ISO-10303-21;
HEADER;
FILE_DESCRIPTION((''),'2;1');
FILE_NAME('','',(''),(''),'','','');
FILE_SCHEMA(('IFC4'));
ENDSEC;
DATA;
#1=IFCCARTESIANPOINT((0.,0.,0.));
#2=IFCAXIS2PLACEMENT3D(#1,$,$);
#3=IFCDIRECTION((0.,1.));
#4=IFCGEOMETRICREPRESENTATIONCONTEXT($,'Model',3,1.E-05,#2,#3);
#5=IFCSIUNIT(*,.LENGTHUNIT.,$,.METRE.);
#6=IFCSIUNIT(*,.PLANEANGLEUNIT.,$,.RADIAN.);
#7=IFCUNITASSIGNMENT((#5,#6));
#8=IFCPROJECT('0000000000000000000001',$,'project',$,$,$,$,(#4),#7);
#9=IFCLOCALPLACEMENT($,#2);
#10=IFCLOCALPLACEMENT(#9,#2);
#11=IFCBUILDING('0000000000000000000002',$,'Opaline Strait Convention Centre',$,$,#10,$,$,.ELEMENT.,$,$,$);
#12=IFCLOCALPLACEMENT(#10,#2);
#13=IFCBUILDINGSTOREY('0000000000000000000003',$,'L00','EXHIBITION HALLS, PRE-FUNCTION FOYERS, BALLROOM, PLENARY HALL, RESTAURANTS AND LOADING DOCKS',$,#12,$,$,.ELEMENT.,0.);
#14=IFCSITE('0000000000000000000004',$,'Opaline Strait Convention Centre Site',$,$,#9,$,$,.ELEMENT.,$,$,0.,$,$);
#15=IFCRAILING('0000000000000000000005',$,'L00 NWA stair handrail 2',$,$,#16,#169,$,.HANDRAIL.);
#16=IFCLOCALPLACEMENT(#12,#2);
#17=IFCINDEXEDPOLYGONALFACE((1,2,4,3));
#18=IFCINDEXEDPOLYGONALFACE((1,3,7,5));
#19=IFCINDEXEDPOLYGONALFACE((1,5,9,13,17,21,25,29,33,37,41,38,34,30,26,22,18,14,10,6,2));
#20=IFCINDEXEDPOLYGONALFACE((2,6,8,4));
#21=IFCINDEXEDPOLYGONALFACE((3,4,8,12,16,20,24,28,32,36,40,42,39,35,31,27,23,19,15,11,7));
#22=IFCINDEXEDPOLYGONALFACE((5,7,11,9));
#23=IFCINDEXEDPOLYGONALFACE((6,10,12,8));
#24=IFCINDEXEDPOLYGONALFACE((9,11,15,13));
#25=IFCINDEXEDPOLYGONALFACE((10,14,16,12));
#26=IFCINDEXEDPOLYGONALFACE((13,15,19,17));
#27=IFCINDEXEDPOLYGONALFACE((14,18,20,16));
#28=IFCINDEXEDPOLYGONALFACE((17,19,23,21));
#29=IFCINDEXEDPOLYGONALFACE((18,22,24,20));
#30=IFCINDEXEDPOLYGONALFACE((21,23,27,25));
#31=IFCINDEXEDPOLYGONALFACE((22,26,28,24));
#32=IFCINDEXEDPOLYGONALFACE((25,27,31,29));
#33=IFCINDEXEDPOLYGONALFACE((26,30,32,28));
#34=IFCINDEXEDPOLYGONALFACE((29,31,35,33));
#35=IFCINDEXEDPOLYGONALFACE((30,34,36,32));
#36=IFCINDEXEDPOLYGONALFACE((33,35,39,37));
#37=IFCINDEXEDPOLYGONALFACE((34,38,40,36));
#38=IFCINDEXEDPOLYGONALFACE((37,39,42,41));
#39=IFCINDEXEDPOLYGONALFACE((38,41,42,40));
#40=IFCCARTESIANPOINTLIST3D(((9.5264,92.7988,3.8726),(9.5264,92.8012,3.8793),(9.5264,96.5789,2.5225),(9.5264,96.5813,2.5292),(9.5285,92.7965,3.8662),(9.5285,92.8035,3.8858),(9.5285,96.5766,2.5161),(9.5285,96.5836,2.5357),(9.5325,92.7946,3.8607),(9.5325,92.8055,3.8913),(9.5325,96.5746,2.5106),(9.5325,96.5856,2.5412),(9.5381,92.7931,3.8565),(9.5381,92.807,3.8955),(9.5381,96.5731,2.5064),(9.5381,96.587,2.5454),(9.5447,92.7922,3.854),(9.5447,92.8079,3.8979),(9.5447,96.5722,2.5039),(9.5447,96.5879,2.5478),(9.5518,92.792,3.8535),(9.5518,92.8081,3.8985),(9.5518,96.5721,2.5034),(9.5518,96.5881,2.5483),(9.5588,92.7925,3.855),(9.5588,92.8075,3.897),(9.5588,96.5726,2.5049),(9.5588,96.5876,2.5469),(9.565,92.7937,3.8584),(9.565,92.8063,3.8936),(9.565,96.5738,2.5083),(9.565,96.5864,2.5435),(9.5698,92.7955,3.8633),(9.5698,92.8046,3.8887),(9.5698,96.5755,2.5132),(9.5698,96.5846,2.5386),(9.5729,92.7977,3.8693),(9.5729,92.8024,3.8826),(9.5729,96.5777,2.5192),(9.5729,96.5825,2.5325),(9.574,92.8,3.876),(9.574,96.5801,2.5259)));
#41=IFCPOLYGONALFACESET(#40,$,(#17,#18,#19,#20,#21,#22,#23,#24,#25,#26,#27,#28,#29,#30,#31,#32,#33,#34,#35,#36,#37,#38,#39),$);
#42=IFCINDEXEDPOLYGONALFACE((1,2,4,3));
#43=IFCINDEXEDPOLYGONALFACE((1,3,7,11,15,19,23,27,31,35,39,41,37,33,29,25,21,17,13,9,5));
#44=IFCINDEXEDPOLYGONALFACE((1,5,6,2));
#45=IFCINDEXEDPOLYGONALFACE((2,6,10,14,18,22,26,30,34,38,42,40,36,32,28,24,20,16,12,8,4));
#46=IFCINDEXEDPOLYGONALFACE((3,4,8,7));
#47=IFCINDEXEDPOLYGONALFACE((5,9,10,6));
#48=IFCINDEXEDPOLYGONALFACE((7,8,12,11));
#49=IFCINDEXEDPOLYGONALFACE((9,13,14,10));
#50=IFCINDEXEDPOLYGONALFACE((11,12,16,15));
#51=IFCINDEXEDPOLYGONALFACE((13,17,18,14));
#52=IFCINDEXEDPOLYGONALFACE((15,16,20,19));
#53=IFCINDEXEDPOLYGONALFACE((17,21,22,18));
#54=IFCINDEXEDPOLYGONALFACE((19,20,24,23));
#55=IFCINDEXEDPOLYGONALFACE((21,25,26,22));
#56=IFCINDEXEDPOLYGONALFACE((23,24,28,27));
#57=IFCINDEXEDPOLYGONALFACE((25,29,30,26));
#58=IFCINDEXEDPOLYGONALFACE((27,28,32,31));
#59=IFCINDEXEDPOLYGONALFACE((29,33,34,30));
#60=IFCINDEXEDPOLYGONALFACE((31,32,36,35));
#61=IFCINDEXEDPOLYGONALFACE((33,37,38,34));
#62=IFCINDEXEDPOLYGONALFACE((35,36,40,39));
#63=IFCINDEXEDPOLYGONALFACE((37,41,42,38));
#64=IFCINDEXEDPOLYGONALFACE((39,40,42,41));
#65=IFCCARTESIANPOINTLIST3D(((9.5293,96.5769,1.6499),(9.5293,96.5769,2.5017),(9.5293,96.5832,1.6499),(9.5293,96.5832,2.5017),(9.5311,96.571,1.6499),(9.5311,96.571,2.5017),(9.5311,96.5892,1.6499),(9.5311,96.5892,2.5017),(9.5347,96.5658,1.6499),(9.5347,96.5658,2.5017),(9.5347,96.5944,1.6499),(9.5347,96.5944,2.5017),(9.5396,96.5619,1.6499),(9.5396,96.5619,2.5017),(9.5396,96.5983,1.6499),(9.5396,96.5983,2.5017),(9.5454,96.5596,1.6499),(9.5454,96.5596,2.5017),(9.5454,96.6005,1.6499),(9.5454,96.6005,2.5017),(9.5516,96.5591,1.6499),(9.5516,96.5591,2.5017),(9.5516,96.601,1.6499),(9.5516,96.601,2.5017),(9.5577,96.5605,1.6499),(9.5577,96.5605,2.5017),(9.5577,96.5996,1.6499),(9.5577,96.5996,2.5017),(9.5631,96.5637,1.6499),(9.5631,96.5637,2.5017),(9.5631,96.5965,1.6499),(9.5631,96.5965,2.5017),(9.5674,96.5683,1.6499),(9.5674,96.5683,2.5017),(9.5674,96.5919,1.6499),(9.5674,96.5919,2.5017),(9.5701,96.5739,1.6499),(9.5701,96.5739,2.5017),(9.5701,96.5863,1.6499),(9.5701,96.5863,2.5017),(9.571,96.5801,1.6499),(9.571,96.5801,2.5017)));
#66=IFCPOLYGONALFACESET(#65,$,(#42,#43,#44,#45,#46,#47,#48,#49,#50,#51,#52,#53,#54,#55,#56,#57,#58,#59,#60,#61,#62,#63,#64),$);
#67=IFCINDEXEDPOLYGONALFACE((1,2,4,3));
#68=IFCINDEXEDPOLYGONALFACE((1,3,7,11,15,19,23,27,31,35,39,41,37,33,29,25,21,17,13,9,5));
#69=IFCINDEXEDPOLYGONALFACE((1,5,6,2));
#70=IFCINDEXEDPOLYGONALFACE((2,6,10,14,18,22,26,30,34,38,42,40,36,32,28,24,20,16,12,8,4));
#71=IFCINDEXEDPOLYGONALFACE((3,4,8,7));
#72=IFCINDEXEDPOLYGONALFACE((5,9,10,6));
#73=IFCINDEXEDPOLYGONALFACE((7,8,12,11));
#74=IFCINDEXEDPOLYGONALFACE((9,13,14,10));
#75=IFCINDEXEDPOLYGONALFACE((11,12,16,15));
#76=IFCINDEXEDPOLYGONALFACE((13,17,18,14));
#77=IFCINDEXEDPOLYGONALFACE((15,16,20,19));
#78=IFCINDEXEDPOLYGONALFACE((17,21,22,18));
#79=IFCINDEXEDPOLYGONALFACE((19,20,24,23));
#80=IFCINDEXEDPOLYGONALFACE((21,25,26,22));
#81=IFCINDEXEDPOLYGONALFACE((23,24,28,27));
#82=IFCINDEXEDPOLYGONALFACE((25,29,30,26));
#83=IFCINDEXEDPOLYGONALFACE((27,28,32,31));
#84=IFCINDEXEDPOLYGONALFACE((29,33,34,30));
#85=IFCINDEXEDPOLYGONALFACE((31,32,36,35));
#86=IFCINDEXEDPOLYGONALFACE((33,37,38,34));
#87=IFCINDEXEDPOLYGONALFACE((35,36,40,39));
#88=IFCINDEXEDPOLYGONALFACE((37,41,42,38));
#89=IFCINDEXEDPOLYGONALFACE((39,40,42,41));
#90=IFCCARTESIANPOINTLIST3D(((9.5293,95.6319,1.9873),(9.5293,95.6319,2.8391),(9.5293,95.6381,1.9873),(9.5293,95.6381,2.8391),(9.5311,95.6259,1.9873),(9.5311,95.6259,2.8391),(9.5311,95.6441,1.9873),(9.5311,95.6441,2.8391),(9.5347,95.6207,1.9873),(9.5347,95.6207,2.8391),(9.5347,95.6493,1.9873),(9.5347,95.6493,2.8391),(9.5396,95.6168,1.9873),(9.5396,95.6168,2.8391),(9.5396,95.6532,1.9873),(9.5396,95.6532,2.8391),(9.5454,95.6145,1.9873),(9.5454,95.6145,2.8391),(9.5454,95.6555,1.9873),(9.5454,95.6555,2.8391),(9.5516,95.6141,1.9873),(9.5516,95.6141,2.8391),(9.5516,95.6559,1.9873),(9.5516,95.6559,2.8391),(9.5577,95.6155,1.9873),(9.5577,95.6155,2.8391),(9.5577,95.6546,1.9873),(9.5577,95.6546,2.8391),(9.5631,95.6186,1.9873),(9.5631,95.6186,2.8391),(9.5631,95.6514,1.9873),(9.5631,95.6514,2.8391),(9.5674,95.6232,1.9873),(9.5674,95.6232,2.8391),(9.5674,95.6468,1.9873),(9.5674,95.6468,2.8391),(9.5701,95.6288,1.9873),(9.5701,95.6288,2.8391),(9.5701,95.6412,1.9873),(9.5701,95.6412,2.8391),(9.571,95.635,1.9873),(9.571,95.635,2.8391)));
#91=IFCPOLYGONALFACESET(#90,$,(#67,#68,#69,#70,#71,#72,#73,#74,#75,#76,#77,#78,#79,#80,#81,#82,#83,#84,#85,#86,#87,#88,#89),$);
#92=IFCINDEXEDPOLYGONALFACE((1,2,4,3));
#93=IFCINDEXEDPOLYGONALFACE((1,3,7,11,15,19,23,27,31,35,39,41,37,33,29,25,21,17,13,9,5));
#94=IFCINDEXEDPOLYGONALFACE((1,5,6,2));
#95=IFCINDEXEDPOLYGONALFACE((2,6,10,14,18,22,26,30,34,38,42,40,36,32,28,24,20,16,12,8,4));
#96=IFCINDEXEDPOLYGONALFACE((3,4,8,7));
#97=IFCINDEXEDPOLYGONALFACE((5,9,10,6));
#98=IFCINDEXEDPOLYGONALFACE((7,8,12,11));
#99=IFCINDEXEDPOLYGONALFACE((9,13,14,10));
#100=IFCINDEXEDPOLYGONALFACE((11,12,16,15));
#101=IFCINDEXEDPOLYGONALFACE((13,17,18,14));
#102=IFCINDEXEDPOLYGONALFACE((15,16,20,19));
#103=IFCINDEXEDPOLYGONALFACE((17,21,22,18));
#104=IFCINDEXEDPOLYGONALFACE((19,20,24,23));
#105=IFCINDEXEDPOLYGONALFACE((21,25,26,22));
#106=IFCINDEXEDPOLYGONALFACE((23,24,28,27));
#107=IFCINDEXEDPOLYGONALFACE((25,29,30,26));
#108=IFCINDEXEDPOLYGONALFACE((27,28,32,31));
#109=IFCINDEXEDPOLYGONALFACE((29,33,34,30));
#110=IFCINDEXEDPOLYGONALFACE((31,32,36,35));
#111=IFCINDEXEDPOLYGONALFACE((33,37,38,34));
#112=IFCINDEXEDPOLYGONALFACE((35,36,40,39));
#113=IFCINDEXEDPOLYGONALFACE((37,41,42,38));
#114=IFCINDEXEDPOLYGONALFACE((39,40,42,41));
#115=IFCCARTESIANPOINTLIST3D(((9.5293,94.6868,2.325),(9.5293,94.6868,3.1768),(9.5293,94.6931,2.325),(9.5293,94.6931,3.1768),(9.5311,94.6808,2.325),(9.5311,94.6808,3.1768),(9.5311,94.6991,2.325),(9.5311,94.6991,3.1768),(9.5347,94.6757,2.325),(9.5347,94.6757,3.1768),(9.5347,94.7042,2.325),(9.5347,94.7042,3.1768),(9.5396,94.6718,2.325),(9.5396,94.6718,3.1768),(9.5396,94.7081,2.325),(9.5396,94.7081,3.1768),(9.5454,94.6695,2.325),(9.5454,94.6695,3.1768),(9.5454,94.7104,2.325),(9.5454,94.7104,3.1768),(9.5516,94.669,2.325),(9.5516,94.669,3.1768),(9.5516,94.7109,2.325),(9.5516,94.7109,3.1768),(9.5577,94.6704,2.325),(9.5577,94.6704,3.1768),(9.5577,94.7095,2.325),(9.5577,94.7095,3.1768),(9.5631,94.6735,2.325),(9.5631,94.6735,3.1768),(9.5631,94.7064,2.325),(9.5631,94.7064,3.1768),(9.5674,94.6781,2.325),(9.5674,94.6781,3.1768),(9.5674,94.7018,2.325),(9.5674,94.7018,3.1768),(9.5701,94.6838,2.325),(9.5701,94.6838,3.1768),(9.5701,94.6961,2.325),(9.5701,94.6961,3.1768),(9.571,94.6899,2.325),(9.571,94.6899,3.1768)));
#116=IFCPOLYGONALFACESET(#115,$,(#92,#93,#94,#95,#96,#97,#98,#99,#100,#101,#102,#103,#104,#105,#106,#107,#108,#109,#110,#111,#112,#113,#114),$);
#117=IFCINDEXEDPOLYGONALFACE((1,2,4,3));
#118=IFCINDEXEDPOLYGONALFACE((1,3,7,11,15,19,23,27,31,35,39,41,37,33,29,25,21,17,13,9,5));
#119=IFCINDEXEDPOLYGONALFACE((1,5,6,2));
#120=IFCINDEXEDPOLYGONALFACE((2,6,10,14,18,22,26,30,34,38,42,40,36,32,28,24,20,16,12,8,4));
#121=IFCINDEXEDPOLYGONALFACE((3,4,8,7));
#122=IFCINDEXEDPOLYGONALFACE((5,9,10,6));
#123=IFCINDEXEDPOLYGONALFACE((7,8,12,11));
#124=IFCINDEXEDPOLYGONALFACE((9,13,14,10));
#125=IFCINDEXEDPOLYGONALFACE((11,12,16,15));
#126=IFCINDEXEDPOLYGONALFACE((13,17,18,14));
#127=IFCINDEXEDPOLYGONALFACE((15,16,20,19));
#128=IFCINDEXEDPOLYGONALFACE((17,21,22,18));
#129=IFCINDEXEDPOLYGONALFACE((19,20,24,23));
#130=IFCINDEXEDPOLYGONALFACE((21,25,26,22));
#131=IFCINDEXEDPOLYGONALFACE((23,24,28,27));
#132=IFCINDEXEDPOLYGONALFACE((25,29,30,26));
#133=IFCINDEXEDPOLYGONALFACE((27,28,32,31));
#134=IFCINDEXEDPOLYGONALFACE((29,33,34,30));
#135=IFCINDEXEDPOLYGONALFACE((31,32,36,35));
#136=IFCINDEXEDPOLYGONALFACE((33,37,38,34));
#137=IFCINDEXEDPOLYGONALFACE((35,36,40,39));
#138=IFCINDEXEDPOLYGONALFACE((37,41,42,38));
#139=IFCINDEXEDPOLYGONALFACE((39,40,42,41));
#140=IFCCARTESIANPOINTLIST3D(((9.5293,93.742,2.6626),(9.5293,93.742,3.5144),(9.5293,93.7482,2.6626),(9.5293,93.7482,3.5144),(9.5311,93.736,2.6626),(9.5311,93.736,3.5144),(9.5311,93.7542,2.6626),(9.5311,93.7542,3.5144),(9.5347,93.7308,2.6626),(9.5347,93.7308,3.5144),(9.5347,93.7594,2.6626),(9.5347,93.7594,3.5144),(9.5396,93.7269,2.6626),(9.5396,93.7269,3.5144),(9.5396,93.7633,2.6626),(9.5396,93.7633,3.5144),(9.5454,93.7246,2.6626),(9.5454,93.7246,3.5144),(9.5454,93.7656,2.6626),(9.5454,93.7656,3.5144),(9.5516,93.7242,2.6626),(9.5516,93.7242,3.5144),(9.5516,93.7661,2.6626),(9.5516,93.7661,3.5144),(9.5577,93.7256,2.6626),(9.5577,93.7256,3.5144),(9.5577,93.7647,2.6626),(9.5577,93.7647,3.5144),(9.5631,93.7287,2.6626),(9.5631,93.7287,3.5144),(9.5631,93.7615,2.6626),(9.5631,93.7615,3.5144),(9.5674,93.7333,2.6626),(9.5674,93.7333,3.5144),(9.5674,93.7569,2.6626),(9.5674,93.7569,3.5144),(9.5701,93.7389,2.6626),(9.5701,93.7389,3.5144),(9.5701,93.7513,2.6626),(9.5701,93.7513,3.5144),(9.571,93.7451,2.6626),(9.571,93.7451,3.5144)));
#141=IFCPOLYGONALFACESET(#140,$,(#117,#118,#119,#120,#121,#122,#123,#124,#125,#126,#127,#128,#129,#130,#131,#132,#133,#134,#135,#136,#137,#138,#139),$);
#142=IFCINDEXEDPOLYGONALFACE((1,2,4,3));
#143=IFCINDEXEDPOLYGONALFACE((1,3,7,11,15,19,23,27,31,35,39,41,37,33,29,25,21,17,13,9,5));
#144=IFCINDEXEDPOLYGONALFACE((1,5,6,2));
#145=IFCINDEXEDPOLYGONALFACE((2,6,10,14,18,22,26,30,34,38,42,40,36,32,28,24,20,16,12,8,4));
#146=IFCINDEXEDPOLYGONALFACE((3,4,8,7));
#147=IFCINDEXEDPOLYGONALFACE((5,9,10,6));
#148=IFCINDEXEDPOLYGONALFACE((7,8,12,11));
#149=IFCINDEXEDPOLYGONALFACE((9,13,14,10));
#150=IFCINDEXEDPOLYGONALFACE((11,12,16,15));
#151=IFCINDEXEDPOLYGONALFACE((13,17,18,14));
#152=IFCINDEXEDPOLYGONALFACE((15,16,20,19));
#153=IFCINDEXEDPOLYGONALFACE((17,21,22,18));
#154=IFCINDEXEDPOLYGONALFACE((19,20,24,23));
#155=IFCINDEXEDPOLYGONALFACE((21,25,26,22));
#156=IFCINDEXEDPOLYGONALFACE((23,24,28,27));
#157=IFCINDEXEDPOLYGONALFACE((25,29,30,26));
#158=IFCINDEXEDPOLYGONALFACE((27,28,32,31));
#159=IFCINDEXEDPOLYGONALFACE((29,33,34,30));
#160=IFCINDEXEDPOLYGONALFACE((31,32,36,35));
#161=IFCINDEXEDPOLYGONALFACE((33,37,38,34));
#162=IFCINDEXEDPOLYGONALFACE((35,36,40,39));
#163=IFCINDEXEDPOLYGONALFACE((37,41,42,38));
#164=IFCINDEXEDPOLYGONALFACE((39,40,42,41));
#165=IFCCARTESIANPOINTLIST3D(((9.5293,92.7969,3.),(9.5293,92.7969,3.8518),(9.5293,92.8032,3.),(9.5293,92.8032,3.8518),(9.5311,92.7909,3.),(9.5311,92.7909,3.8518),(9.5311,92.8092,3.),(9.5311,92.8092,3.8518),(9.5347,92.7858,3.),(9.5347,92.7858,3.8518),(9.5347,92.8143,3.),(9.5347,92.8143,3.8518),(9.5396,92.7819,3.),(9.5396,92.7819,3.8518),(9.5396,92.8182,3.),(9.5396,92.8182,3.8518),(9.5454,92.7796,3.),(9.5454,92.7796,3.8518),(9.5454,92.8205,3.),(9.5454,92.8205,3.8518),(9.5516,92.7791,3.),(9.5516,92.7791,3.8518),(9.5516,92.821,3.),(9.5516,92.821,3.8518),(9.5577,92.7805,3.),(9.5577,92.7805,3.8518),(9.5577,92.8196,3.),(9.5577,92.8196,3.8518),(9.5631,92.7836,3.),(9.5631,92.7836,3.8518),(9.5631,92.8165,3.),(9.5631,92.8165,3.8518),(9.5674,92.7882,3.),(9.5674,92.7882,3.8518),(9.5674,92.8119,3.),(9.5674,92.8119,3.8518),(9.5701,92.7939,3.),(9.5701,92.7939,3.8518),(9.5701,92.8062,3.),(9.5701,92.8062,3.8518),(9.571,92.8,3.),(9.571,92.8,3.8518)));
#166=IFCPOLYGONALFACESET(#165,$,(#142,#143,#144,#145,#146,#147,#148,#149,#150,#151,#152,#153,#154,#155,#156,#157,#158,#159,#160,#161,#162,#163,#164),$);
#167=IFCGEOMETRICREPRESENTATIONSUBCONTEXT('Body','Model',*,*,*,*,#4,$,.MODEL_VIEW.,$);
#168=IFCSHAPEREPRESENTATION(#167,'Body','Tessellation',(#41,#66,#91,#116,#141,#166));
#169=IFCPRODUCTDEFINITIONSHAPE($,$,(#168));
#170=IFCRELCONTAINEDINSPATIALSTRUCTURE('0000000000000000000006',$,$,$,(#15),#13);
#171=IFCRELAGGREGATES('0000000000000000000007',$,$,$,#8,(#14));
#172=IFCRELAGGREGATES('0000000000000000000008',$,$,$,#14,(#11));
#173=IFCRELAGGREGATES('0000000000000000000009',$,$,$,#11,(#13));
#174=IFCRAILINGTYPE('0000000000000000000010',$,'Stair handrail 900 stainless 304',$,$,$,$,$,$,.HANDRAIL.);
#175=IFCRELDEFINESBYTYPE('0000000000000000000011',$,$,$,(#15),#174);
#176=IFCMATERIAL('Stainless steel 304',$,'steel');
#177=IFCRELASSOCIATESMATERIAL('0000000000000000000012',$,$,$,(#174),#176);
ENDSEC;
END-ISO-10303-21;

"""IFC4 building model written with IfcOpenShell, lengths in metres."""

from ifc_helpers import new_model, si_unit, direction, frame, origin, origin_2d, place, context, subcontext, project, spatial, circle, extrude, material, type_object, element, save


model = new_model("IFC4")

# Units and contexts
model_context = context("Model", 3, precision=1e-05, world=origin(), true_north=direction((0.0, 1.0)))
body_context = subcontext(model_context, "Body", "Model", "MODEL_VIEW")
ifc_project = project(units=[si_unit("LENGTHUNIT", "METRE"), si_unit("PLANEANGLEUNIT", "RADIAN")], contexts=[model_context])

# Site, building, storey
site_placement = place(None, origin())
site = spatial("IfcSite", under=ifc_project, at=site_placement, Name="Opaline Strait Convention Centre Site", CompositionType="ELEMENT", RefElevation=0.0)
building_placement = place(site_placement, origin())
building = spatial("IfcBuilding", under=site, at=building_placement, Name="Opaline Strait Convention Centre", CompositionType="ELEMENT")
storey_placement = place(building_placement, origin())
storey = spatial("IfcBuildingStorey", under=building, at=storey_placement, Name="L00", Description="EXHIBITION HALLS, PRE-FUNCTION FOYERS, BALLROOM, PLENARY HALL, RESTAURANTS AND LOADING DOCKS", CompositionType="ELEMENT", Elevation=0.0)

# Railing
ifc_material_1 = material(Name="Stainless steel 304", Category="steel")
railing_type_1 = type_object("IfcRailingType", Name="Stair handrail 900 stainless 304", PredefinedType="HANDRAIL", material=ifc_material_1)
railing_1_placement = place(storey_placement, frame((9.55, 96.5801, 1.6499)))
element("IfcRailing", 1, at=railing_1_placement, inside=storey, type_object=railing_type_1, Name="L00 NWA stair handrail 2", PredefinedType="HANDRAIL", context=body_context, shape_type="SweptSolid", body=[
    extrude(circle(Radius=0.0239, at=origin_2d()), frame((0.0, 0.0, 0.876), z_axis=(0.0, -0.941735, 0.336356), x_axis=(1.0, 0.0, 0.0)), (0.0, 0.0, 1.0), 4.0139),
    extrude(circle(Radius=0.021, at=origin_2d()), origin(), (0.0, 0.0, 1.0), 0.8518),
    extrude(circle(Radius=0.021, at=origin_2d()), frame((0.0, -0.9451, 0.3374)), (0.0, 0.0, 1.0), 0.8518),
    extrude(circle(Radius=0.021, at=origin_2d()), frame((0.0, -1.8901, 0.675)), (0.0, 0.0, 1.0), 0.8518),
    extrude(circle(Radius=0.021, at=origin_2d()), frame((0.0, -2.835, 1.0127)), (0.0, 0.0, 1.0), 0.8518),
    extrude(circle(Radius=0.021, at=origin_2d()), frame((0.0, -3.78, 1.3501)), (0.0, 0.0, 1.0), 0.8518),
])

save(model, "model.ifc")
